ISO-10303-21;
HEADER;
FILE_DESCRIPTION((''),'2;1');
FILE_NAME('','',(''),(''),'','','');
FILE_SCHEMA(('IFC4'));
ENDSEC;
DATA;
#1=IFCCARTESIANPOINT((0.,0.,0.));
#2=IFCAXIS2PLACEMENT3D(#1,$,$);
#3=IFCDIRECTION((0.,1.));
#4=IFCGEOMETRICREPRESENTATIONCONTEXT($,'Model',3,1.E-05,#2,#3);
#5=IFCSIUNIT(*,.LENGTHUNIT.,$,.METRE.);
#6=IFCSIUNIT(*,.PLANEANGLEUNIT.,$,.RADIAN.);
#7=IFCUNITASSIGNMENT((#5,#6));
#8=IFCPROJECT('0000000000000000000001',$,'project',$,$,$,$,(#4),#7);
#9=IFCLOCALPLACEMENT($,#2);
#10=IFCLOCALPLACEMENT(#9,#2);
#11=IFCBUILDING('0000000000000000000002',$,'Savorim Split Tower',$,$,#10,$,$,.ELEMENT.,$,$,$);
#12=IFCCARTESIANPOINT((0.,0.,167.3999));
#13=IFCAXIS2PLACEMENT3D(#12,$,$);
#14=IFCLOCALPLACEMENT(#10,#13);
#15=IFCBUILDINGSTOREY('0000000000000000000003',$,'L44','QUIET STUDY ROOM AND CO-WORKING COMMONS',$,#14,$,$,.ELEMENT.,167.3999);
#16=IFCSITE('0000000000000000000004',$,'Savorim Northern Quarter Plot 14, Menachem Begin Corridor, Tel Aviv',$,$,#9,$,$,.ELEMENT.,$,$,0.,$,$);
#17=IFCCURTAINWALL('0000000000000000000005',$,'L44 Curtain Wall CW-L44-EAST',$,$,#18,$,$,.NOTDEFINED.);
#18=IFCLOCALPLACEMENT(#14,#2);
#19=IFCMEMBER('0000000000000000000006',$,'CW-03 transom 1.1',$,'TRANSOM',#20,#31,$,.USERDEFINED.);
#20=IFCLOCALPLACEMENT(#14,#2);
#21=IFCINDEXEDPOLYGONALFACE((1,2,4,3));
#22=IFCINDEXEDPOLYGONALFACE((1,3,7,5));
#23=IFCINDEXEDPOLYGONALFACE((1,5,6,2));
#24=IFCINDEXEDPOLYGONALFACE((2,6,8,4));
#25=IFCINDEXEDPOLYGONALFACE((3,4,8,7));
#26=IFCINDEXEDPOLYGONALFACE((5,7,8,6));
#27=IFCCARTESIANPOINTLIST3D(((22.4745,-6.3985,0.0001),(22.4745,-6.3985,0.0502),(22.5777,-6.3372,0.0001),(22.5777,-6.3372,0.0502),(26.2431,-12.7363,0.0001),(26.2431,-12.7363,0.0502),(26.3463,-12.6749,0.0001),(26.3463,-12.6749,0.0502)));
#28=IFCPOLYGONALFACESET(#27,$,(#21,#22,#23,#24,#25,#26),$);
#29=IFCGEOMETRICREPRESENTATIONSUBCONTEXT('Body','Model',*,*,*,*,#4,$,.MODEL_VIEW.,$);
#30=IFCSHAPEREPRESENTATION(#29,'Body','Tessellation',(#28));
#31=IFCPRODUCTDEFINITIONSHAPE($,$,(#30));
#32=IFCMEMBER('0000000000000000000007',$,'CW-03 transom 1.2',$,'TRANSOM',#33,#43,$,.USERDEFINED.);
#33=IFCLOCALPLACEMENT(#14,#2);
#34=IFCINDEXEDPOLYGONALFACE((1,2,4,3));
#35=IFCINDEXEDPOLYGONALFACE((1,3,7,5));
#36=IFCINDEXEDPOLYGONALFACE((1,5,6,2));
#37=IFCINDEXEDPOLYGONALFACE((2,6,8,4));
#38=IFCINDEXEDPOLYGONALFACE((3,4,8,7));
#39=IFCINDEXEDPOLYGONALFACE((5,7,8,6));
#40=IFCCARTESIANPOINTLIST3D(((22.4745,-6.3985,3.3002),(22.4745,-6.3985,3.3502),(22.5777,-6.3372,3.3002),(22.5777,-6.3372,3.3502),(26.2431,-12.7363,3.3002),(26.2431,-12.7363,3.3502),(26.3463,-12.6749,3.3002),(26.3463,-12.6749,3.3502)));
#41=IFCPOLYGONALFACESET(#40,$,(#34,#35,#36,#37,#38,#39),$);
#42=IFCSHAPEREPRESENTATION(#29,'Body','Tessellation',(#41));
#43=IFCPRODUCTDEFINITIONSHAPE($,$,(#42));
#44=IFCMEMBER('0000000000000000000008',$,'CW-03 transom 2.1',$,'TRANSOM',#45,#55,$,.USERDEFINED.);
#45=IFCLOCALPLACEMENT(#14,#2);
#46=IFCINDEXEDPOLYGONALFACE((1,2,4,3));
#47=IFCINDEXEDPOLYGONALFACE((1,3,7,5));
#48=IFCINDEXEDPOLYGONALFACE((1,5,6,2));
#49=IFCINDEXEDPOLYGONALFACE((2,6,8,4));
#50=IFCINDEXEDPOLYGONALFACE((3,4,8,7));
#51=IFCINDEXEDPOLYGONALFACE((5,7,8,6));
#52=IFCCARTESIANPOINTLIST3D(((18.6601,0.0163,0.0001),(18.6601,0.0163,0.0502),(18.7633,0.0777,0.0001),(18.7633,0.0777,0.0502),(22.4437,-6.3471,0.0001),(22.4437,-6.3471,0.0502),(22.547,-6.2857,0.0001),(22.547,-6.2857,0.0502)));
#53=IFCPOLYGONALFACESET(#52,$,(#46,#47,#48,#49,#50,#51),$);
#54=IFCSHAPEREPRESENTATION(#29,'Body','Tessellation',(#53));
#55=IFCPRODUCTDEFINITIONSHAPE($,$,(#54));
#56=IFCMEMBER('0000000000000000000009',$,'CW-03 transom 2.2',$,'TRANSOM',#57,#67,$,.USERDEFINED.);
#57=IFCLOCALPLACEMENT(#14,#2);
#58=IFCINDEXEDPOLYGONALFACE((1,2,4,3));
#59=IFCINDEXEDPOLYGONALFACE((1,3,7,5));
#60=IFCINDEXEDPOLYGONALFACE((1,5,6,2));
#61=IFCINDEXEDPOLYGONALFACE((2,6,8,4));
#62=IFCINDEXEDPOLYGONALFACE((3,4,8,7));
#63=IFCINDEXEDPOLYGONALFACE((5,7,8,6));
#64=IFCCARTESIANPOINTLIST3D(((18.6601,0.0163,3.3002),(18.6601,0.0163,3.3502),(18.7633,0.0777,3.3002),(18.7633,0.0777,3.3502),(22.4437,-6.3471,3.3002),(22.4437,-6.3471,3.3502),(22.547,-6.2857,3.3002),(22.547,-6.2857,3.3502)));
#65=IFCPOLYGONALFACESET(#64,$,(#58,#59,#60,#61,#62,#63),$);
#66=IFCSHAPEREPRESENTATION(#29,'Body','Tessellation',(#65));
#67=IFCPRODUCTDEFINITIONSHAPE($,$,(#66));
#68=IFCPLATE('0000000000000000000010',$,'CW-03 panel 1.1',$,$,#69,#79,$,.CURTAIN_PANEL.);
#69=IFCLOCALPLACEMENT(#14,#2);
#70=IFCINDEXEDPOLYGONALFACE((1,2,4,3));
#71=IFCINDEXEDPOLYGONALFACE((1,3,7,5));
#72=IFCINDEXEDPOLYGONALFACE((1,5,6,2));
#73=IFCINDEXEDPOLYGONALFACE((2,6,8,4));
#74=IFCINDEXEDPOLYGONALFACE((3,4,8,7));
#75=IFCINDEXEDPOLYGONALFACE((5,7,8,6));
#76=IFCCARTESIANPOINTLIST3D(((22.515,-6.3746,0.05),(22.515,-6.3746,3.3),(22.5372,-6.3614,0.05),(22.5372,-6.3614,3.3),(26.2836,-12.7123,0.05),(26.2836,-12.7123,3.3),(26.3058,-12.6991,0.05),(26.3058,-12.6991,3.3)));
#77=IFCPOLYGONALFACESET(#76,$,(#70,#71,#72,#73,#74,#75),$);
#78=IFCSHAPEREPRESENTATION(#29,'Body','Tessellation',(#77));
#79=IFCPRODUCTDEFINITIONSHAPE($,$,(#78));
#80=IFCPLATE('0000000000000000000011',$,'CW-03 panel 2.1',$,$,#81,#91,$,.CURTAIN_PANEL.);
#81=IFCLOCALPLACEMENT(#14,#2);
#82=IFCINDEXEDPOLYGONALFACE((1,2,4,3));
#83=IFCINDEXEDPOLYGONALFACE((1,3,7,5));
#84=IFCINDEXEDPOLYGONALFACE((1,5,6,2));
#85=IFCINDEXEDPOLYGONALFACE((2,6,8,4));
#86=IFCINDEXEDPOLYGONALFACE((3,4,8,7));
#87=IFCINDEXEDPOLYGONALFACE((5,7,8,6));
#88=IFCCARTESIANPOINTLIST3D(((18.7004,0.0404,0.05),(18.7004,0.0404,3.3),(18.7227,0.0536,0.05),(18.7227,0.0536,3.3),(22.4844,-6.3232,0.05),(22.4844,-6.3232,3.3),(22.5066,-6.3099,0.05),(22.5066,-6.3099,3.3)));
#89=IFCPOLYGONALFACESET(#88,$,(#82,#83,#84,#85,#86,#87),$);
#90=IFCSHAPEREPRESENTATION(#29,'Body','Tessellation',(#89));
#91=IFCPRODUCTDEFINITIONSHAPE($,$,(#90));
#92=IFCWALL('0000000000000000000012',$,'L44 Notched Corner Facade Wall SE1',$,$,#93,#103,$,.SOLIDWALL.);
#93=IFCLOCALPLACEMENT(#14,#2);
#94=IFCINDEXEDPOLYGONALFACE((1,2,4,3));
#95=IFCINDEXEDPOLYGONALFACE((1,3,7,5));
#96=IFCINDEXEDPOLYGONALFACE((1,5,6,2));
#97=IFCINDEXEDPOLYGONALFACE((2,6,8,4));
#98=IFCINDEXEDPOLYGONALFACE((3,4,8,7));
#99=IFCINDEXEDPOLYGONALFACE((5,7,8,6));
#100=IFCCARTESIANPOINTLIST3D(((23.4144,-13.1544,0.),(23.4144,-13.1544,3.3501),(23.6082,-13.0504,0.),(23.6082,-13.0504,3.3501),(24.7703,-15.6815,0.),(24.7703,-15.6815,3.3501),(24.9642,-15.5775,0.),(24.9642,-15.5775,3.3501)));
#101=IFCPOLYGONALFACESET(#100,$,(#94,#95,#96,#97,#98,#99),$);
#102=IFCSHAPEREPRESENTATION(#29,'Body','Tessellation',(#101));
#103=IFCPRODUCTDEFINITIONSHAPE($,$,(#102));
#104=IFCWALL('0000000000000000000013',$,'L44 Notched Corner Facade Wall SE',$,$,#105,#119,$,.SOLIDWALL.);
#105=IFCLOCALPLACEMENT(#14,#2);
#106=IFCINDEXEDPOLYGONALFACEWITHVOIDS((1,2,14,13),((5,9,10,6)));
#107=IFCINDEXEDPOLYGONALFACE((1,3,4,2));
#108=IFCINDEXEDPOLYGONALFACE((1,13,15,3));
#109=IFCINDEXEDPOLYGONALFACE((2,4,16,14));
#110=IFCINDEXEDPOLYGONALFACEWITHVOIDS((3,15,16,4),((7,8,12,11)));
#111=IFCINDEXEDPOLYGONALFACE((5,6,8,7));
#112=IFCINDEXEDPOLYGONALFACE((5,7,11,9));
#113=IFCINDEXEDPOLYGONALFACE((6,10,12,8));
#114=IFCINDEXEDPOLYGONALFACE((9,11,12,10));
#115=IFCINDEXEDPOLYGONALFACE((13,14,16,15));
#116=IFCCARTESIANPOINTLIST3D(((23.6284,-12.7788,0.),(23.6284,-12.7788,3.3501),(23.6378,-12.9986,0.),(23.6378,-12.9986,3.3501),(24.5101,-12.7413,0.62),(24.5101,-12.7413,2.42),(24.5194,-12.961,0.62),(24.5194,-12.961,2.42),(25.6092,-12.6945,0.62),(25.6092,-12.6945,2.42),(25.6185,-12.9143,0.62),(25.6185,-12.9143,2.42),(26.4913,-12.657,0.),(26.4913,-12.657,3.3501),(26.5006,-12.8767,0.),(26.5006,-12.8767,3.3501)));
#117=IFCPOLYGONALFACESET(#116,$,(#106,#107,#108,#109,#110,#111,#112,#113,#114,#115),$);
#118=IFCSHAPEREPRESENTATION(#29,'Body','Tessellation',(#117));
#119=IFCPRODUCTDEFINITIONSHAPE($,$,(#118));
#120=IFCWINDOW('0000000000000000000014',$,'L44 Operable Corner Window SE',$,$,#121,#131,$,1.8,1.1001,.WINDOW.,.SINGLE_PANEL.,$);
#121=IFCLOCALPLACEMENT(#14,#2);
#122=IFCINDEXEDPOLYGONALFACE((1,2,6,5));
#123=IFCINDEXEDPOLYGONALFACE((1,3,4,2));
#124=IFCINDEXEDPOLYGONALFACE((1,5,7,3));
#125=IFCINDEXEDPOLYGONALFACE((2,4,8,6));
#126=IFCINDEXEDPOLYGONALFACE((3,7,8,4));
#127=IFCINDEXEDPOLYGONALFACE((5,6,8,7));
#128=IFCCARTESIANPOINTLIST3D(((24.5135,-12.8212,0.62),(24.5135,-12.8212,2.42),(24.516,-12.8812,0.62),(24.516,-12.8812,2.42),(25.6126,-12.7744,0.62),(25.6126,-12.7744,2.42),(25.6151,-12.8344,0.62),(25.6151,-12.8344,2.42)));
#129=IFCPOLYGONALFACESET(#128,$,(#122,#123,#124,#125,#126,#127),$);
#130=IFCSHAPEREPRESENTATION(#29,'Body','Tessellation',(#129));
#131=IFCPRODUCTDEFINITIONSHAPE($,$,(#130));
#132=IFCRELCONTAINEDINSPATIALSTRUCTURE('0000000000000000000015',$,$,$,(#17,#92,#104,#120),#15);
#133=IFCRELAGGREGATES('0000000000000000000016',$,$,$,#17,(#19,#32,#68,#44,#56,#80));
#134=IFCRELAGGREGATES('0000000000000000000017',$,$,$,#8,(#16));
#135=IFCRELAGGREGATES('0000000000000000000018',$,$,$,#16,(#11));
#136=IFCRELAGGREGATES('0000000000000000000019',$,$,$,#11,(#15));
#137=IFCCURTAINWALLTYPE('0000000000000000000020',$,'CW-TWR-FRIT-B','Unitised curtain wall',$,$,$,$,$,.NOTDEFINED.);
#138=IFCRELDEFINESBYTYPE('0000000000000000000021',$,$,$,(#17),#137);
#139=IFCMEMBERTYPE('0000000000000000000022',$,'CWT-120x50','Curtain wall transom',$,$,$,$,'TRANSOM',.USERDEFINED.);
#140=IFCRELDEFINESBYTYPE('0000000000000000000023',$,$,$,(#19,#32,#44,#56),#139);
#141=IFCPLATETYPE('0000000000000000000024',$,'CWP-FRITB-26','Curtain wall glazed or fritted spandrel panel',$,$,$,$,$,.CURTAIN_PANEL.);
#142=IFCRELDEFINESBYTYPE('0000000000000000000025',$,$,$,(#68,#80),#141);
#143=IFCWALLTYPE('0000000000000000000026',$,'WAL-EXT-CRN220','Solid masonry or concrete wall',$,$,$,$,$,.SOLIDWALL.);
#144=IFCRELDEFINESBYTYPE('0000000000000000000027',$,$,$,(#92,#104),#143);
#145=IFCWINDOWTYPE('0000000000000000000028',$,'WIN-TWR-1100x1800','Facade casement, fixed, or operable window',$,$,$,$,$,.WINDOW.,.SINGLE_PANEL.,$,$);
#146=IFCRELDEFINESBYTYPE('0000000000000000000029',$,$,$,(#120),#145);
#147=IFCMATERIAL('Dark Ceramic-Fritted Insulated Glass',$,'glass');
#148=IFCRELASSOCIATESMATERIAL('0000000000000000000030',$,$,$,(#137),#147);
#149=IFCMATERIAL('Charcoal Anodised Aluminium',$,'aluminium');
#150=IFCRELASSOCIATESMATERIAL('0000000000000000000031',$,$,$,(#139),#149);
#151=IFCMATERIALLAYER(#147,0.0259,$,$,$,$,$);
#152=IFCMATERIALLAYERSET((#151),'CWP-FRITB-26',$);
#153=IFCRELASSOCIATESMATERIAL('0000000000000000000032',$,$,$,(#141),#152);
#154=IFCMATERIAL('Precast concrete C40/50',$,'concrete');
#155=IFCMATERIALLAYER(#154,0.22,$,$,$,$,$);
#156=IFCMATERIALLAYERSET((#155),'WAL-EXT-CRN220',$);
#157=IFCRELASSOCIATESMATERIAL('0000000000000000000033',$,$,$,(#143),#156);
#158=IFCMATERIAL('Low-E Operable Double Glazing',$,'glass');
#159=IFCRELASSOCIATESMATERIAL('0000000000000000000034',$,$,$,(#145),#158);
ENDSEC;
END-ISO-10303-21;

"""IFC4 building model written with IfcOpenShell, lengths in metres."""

from ifc_helpers import new_model, si_unit, direction, frame, frame_2d, origin, origin_2d, place, context, subcontext, project, spatial, rectangle, extrude, material, layer, layer_set, material_profile, profile_set, type_object, element, fill, aggregate, save


model = new_model("IFC4")

# Units and contexts
model_context = context("Model", 3, precision=1e-05, world=origin(), true_north=direction((0.0, 1.0)))
body_context = subcontext(model_context, "Body", "Model", "MODEL_VIEW")
ifc_project = project(units=[si_unit("LENGTHUNIT", "METRE"), si_unit("PLANEANGLEUNIT", "RADIAN")], contexts=[model_context])

# Site, building, storey
site_placement = place(None, origin())
site = spatial("IfcSite", under=ifc_project, at=site_placement, Name="Savorim Northern Quarter Plot 14, Menachem Begin Corridor, Tel Aviv", CompositionType="ELEMENT", RefElevation=0.0)
building_placement = place(site_placement, origin())
building = spatial("IfcBuilding", under=site, at=building_placement, Name="Savorim Split Tower", CompositionType="ELEMENT")
storey_placement = place(building_placement, frame((0.0, 0.0, 167.3999)))
storey = spatial("IfcBuildingStorey", under=building, at=storey_placement, Name="L44", Description="QUIET STUDY ROOM AND CO-WORKING COMMONS", CompositionType="ELEMENT", Elevation=167.3999)

# Shared definitions
ifc_material_1 = material(Name="Dark Ceramic-Fritted Insulated Glass", Category="glass")
curtain_wall_type = type_object("IfcCurtainWallType", Name="CW-TWR-FRIT-B", Description="Unitised curtain wall", PredefinedType="NOTDEFINED", material=ifc_material_1)
ifc_material_2 = material(Name="Charcoal Anodised Aluminium", Category="aluminium")

# Curtain wall, members, plates
curtain_wall_1_placement = place(storey_placement, origin())
curtain_wall_1 = element("IfcCurtainWall", 1, at=curtain_wall_1_placement, inside=storey, type_object=curtain_wall_type, Name="L44 Curtain Wall CW-L44-EAST", PredefinedType="NOTDEFINED")
ifc_material_profile_1 = material_profile(ifc_material_2, rectangle(XDim=0.1201, YDim=0.05, at=origin_2d()), Name="ALU-T 120x50")
ifc_profile_set_1 = profile_set([ifc_material_profile_1], Name="Charcoal Anodised Aluminium")
member_type_1 = type_object("IfcMemberType", Name="CWT-120x50", Description="Curtain wall transom", ElementType="TRANSOM", PredefinedType="USERDEFINED", material=ifc_profile_set_1)
member_1_placement = place(storey_placement, frame((26.2947, -12.7056, 0.0251), z_axis=(-0.511098, 0.859523, 0.0), x_axis=(-0.859523, -0.511098, 0.0)))
member_1 = element("IfcMember", 2, at=member_1_placement, type_object=member_type_1, Name="CW-03 transom 1.1", ObjectType="TRANSOM", PredefinedType="USERDEFINED", context=body_context, shape_type="SweptSolid", body=[
    extrude(rectangle(XDim=0.1201, YDim=0.05, at=origin_2d()), origin(), (0.0, 0.0, 1.0), 7.3735),
])
member_2_placement = place(storey_placement, frame((26.2947, -12.7056, 3.3252), z_axis=(-0.511098, 0.859523, 0.0), x_axis=(-0.859523, -0.511098, 0.0)))
member_2 = element("IfcMember", 3, at=member_2_placement, type_object=member_type_1, Name="CW-03 transom 1.2", ObjectType="TRANSOM", PredefinedType="USERDEFINED", context=body_context, shape_type="SweptSolid", body=[
    extrude(rectangle(XDim=0.1201, YDim=0.05, at=origin_2d()), origin(), (0.0, 0.0, 1.0), 7.3735),
])
member_3_placement = place(storey_placement, frame((22.4954, -6.3164, 0.0251), z_axis=(-0.511073, 0.859537, 0.0), x_axis=(-0.859537, -0.511073, 0.0)))
member_3 = element("IfcMember", 4, at=member_3_placement, type_object=member_type_1, Name="CW-03 transom 2.1", ObjectType="TRANSOM", PredefinedType="USERDEFINED", context=body_context, shape_type="SweptSolid", body=[
    extrude(rectangle(XDim=0.1201, YDim=0.05, at=origin_2d()), origin(), (0.0, 0.0, 1.0), 7.4033),
])
member_4_placement = place(storey_placement, frame((22.4954, -6.3164, 3.3252), z_axis=(-0.511073, 0.859537, 0.0), x_axis=(-0.859537, -0.511073, 0.0)))
member_4 = element("IfcMember", 5, at=member_4_placement, type_object=member_type_1, Name="CW-03 transom 2.2", ObjectType="TRANSOM", PredefinedType="USERDEFINED", context=body_context, shape_type="SweptSolid", body=[
    extrude(rectangle(XDim=0.1201, YDim=0.05, at=origin_2d()), origin(), (0.0, 0.0, 1.0), 7.4033),
])
ifc_layer_1 = layer(ifc_material_1, 0.0259)
ifc_layer_set_1 = layer_set([ifc_layer_1], Name="CWP-FRITB-26")
plate_type = type_object("IfcPlateType", Name="CWP-FRITB-26", Description="Curtain wall glazed or fritted spandrel panel", PredefinedType="CURTAIN_PANEL", material=ifc_layer_set_1)
plate_1_placement = place(storey_placement, frame((24.4104, -9.5369, 0.05), z_axis=(0.0, 0.0, 1.0), x_axis=(-0.511094, 0.859525, 0.0)))
plate_1 = element("IfcPlate", 6, at=plate_1_placement, type_object=plate_type, Name="CW-03 panel 1.1", PredefinedType="CURTAIN_PANEL", context=body_context, shape_type="SweptSolid", body=[
    extrude(rectangle(XDim=7.3735, YDim=0.0259, at=origin_2d()), origin(), (0.0, 0.0, 1.0), 3.25),
])
plate_2_placement = place(storey_placement, frame((20.6035, -3.1348, 0.05), z_axis=(0.0, 0.0, 1.0), x_axis=(-0.511094, 0.859525, 0.0)))
plate_2 = element("IfcPlate", 7, at=plate_2_placement, type_object=plate_type, Name="CW-03 panel 2.1", PredefinedType="CURTAIN_PANEL", context=body_context, shape_type="SweptSolid", body=[
    extrude(rectangle(XDim=7.4036, YDim=0.0259, at=origin_2d()), origin(), (0.0, 0.0, 1.0), 3.25),
])
aggregate(curtain_wall_1, [member_1, member_2, plate_1, member_3, member_4, plate_2])

# Wall
ifc_material_3 = material(Name="Precast concrete C40/50", Category="concrete")
ifc_layer_2 = layer(ifc_material_3, 0.22)
ifc_layer_set_2 = layer_set([ifc_layer_2], Name="WAL-EXT-CRN220")
wall_type_1 = type_object("IfcWallType", Name="WAL-EXT-CRN220", Description="Solid masonry or concrete wall", PredefinedType="SOLIDWALL", material=ifc_layer_set_2)
wall_1_placement = place(storey_placement, frame((23.5112, -13.1023, 0.0), z_axis=(0.0, 0.0, 1.0), x_axis=(0.472805, -0.881167, 0.0)))
element("IfcWall", 8, at=wall_1_placement, inside=storey, type_object=wall_type_1, Name="L44 Notched Corner Facade Wall SE1", PredefinedType="SOLIDWALL", context=body_context, shape_type="SweptSolid", body=[
    extrude(rectangle(XDim=2.8679, YDim=0.22, at=frame_2d((1.4341, 0.0))), origin(), (0.0, 0.0, 1.0), 3.3501),
])

# Wall, opening, window
wall_2_placement = place(storey_placement, frame((26.4958, -12.7668, 0.0), z_axis=(0.0, 0.0, 1.0), x_axis=(-0.999096, -0.042517, 0.0)))
wall_2 = element("IfcWall", 9, at=wall_2_placement, inside=storey, type_object=wall_type_1, Name="L44 Notched Corner Facade Wall SE", PredefinedType="SOLIDWALL", context=body_context, shape_type="SweptSolid", body=[
    extrude(rectangle(XDim=2.8655, YDim=0.22, at=frame_2d((1.4326, 0.0))), origin(), (0.0, 0.0, 1.0), 3.3501),
])
opening_1_placement = place(wall_2_placement, frame((0.8828, 0.0, 0.6201)))
opening_1 = element("IfcOpeningElement", 10, at=opening_1_placement, cuts=wall_2, PredefinedType="OPENING", context=body_context, shape_type="SweptSolid", body=[
    extrude(rectangle(XDim=1.1001, YDim=1.8, at=frame_2d((0.55, 0.8999))), frame((0.0, 0.1199, 0.0), z_axis=(0.0, -1.0, 0.0), x_axis=(1.0, 0.0, 0.0)), (0.0, 0.0, 1.0), 0.24),
])
ifc_material_4 = material(Name="Low-E Operable Double Glazing", Category="glass")
window_type = type_object("IfcWindowType", Name="WIN-TWR-1100x1800", Description="Facade casement, fixed, or operable window", PartitioningType="SINGLE_PANEL", PredefinedType="WINDOW", material=ifc_material_4)
window_placement = place(opening_1_placement, origin())
window = element("IfcWindow", 11, at=window_placement, inside=storey, type_object=window_type, Name="L44 Operable Corner Window SE", OverallHeight=1.8, OverallWidth=1.1001, PartitioningType="SINGLE_PANEL", PredefinedType="WINDOW", context=body_context, shape_type="SweptSolid", body=[
    extrude(rectangle(XDim=1.1001, YDim=1.8, at=frame_2d((0.55, 0.8999))), frame((0.0, 0.03, 0.0), z_axis=(0.0, -1.0, 0.0), x_axis=(1.0, 0.0, 0.0)), (0.0, 0.0, 1.0), 0.0601),
])
fill(opening_1, window)

save(model, "model.ifc")
